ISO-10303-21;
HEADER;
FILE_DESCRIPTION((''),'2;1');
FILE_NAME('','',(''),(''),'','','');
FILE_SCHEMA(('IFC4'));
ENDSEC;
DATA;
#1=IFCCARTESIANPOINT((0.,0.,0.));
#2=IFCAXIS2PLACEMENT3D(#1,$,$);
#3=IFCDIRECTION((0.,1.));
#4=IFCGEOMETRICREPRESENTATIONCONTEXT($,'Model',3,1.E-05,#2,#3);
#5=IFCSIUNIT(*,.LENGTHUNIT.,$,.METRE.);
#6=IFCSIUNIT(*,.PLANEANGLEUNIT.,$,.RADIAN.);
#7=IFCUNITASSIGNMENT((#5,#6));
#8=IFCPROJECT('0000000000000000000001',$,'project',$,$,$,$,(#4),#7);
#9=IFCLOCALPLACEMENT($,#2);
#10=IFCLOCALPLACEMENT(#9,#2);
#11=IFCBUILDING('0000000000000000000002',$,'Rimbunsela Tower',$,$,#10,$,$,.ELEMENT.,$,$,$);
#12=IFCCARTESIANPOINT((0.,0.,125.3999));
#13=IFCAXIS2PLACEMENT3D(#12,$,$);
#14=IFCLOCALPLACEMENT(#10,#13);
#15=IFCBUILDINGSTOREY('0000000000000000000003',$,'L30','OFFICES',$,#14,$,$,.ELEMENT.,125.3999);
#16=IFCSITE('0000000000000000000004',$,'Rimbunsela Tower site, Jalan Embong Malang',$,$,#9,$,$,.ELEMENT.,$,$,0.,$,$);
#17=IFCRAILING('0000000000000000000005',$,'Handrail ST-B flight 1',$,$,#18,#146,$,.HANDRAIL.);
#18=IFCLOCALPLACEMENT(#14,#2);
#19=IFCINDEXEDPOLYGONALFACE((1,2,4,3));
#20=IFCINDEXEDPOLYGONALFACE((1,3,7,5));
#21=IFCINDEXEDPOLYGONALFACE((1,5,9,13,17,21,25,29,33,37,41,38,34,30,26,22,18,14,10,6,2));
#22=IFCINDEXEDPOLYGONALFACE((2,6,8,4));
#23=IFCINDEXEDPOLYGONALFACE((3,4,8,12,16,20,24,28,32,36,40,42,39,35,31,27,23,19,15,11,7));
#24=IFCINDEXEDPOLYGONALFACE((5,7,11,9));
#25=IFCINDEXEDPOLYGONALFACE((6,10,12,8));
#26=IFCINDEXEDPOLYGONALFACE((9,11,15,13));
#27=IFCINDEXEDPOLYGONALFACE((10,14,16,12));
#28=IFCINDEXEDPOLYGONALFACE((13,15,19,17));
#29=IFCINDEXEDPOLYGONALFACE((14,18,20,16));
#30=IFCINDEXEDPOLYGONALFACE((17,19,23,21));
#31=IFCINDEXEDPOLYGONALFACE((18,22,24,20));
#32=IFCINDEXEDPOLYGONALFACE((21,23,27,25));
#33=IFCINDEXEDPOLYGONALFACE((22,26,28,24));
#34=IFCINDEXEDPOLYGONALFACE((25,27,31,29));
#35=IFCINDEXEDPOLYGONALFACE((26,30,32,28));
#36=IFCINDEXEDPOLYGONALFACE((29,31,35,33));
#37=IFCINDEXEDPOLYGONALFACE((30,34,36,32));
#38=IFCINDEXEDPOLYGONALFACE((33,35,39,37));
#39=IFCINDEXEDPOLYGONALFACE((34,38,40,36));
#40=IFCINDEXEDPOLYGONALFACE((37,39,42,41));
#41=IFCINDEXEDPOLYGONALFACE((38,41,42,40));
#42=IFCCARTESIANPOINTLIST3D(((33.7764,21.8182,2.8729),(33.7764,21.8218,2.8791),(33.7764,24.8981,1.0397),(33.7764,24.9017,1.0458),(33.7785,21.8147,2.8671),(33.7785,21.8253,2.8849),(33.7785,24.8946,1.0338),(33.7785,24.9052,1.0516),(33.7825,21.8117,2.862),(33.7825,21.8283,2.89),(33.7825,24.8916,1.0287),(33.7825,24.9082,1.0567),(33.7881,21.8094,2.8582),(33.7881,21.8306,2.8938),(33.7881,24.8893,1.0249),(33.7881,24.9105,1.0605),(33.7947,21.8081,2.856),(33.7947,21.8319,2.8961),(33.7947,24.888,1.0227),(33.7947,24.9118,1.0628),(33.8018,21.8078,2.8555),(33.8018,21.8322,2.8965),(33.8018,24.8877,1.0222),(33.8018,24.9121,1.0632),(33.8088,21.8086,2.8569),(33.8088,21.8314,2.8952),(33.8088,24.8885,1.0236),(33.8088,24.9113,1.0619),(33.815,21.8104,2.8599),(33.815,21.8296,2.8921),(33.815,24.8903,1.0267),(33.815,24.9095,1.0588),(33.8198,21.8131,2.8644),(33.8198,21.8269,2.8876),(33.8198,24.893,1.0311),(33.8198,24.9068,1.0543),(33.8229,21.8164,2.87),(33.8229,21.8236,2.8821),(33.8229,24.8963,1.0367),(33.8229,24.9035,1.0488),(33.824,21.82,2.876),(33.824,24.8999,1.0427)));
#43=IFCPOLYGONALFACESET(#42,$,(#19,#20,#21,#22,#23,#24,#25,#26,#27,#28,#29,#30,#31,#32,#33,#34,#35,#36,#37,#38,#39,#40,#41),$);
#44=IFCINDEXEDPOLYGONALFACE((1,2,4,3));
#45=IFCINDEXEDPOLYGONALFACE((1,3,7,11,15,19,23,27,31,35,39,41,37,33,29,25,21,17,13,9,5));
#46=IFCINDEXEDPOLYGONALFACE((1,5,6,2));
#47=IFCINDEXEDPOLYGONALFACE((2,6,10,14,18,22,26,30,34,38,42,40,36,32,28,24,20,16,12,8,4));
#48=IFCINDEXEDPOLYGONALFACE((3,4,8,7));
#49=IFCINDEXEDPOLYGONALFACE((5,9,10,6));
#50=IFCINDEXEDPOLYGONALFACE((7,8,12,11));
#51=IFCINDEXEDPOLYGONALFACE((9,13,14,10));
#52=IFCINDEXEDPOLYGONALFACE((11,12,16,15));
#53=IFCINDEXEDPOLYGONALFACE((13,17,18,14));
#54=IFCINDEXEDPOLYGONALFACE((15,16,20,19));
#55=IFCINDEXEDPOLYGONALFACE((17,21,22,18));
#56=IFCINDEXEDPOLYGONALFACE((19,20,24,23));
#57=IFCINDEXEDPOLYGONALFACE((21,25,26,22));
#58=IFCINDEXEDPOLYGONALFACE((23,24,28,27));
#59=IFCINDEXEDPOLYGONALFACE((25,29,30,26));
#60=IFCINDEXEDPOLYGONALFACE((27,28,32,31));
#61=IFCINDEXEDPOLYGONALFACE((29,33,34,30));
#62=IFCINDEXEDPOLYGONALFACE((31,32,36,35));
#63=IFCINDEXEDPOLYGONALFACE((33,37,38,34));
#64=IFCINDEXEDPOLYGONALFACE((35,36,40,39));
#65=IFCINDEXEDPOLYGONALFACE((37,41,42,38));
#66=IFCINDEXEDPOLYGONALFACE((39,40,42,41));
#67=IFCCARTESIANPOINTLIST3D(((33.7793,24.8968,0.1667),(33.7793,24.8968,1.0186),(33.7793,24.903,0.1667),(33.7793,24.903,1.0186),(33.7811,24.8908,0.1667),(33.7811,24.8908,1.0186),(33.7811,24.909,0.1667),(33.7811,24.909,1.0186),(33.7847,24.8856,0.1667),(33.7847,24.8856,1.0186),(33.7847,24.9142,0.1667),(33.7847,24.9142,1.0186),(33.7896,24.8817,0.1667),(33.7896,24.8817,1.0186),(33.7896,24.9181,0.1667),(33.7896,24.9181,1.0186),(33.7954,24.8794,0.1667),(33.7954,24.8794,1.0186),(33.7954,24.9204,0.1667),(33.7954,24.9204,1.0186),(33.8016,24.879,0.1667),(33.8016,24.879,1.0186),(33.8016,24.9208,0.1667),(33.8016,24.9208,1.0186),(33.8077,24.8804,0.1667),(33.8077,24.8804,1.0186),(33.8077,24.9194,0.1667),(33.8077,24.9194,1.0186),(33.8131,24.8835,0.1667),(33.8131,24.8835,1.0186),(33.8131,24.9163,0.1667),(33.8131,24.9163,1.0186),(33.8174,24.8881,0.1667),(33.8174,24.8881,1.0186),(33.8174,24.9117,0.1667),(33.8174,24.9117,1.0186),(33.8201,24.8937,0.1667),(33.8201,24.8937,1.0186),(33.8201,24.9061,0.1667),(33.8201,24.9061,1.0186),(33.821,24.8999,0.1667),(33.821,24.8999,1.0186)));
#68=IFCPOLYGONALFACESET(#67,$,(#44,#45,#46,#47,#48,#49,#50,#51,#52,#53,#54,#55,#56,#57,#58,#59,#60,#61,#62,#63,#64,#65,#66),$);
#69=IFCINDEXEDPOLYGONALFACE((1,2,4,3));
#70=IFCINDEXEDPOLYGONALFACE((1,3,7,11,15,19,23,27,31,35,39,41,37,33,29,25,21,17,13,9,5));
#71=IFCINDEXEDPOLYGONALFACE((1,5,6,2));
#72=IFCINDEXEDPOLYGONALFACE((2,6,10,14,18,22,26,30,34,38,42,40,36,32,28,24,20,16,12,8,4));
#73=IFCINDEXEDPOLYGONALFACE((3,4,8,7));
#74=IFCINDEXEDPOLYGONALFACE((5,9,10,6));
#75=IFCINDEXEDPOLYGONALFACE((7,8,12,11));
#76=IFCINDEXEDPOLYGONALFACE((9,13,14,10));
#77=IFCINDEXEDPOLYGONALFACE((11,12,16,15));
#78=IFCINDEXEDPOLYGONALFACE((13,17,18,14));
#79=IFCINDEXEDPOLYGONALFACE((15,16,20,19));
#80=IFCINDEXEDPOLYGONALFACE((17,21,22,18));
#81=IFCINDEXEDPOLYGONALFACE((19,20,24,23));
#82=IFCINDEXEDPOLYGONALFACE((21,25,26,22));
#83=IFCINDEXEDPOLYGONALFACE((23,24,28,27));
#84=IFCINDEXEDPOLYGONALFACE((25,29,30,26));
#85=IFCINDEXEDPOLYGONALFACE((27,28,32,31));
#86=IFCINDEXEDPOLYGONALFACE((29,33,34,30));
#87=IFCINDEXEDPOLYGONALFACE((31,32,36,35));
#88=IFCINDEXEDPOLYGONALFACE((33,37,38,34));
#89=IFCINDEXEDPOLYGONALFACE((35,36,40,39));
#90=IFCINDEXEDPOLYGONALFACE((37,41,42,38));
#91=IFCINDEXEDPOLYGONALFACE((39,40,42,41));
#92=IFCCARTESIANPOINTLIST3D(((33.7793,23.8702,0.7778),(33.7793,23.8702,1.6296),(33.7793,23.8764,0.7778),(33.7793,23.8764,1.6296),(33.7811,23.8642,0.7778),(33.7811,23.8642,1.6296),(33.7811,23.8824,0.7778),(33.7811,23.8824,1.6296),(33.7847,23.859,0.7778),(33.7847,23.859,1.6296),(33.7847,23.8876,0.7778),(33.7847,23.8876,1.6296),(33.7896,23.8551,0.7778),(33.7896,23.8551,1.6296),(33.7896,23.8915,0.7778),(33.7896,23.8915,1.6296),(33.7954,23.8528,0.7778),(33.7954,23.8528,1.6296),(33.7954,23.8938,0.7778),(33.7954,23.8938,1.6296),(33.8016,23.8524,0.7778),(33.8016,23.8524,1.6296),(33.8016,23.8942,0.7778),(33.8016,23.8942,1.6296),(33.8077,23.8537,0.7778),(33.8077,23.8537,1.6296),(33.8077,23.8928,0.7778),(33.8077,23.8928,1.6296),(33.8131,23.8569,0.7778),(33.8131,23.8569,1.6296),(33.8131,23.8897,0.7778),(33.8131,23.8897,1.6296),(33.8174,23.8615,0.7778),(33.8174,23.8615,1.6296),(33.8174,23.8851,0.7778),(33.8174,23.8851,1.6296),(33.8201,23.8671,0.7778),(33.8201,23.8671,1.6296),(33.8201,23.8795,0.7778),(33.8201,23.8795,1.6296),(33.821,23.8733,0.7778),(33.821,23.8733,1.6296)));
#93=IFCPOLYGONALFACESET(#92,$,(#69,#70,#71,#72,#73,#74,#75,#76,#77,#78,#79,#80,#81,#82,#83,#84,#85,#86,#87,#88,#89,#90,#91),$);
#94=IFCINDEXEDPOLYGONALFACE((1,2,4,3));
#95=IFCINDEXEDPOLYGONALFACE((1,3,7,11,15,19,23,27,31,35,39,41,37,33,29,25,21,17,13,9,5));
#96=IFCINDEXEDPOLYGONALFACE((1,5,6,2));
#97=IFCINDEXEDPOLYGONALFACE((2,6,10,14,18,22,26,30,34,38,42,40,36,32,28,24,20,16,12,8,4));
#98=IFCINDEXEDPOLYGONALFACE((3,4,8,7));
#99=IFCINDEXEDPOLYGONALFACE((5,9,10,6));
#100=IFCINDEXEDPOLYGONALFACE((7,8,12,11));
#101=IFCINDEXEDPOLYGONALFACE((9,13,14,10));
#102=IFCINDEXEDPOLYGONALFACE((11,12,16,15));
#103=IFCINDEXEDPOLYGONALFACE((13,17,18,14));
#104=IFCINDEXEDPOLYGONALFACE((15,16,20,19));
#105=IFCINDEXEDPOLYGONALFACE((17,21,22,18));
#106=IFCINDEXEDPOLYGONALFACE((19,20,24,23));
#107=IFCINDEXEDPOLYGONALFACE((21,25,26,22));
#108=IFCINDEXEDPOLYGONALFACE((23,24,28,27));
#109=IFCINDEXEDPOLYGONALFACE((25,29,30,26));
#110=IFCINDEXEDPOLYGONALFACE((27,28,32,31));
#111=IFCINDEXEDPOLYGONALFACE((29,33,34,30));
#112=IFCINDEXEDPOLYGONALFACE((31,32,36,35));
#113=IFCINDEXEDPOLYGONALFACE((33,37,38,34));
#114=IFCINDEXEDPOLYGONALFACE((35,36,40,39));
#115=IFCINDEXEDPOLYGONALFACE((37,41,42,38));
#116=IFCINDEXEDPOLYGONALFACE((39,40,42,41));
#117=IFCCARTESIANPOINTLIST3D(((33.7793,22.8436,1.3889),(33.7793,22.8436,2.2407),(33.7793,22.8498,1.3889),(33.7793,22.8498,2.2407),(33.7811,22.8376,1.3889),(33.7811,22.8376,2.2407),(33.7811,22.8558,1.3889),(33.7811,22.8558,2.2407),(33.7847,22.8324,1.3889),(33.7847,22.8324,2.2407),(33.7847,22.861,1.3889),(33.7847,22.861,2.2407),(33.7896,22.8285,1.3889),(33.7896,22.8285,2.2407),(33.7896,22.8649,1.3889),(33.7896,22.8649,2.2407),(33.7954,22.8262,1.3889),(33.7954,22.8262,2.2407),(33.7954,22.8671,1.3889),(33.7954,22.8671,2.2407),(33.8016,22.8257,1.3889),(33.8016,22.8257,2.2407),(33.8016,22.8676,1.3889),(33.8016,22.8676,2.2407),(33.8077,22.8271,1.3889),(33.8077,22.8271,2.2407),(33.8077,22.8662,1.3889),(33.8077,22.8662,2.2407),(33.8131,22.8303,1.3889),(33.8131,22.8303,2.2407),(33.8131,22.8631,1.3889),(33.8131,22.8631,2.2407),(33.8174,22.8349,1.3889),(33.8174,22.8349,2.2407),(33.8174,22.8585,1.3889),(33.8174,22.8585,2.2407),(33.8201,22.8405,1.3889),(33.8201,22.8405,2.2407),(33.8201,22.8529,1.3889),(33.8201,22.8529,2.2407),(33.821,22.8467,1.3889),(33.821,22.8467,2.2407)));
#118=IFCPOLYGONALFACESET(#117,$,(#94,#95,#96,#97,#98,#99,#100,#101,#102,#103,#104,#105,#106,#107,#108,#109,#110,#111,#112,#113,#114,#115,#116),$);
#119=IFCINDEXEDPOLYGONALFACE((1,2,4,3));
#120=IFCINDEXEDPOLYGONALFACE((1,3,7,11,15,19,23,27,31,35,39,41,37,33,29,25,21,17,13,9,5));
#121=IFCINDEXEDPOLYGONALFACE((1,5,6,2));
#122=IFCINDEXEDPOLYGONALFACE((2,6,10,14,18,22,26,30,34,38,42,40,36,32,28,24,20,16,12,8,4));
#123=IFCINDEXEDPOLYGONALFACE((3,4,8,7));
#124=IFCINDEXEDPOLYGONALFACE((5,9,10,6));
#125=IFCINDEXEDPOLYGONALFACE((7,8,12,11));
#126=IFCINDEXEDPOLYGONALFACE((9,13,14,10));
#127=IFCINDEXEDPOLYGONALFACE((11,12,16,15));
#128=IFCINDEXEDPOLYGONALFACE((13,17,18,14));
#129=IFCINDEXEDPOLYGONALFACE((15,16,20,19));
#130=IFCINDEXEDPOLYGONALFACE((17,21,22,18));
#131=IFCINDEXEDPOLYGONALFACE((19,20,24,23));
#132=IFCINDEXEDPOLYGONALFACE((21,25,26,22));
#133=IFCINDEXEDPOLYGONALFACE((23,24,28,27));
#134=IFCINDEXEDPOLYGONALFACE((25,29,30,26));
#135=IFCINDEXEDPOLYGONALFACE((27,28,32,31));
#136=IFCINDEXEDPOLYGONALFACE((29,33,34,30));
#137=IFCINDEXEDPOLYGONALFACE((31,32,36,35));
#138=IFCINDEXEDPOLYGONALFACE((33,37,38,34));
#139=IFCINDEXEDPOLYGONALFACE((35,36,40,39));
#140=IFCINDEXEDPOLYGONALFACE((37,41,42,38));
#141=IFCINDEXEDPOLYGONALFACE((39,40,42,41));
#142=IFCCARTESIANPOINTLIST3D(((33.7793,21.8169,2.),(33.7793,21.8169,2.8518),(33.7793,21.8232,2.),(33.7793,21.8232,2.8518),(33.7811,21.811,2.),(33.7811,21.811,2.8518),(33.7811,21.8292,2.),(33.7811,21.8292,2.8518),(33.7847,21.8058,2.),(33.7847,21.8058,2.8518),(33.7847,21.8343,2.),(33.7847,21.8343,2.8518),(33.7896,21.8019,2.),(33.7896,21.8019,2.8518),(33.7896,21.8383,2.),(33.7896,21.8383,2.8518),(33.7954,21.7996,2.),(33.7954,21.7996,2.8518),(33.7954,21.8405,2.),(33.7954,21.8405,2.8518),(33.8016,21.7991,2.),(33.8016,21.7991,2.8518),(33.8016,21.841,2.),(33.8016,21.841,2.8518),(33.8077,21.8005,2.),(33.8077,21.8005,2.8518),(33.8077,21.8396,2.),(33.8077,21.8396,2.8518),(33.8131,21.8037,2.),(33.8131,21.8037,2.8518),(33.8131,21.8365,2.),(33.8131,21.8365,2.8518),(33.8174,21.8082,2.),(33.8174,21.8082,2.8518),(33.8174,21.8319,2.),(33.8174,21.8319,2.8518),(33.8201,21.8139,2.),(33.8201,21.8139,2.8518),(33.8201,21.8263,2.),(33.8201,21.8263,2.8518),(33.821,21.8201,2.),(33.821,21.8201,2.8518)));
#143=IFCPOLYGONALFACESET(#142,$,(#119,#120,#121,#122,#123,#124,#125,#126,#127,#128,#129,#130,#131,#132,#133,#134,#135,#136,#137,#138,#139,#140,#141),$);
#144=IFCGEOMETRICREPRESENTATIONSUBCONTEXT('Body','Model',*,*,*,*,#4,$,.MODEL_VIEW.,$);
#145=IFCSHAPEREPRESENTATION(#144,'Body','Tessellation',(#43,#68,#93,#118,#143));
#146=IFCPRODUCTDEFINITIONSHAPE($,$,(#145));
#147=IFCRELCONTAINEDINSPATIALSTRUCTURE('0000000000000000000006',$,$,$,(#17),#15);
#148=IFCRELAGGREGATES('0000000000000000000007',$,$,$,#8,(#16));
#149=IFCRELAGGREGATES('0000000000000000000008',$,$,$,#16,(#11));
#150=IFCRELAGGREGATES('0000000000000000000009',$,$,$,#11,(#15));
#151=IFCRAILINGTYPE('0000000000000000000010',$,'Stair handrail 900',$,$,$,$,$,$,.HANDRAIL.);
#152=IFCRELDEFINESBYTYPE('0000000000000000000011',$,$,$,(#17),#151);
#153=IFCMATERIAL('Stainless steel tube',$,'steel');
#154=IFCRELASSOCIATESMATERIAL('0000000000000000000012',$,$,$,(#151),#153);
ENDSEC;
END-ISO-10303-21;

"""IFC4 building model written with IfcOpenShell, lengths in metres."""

from ifc_helpers import new_model, si_unit, direction, frame, origin, origin_2d, place, context, subcontext, project, spatial, circle, extrude, material, type_object, element, save


model = new_model("IFC4")

# Units and contexts
model_context = context("Model", 3, precision=1e-05, world=origin(), true_north=direction((0.0, 1.0)))
body_context = subcontext(model_context, "Body", "Model", "MODEL_VIEW")
ifc_project = project(units=[si_unit("LENGTHUNIT", "METRE"), si_unit("PLANEANGLEUNIT", "RADIAN")], contexts=[model_context])

# Site, building, storey
site_placement = place(None, origin())
site = spatial("IfcSite", under=ifc_project, at=site_placement, Name="Rimbunsela Tower site, Jalan Embong Malang", CompositionType="ELEMENT", RefElevation=0.0)
building_placement = place(site_placement, origin())
building = spatial("IfcBuilding", under=site, at=building_placement, Name="Rimbunsela Tower", CompositionType="ELEMENT")
storey_placement = place(building_placement, frame((0.0, 0.0, 125.3999)))
storey = spatial("IfcBuildingStorey", under=building, at=storey_placement, Name="L30", Description="OFFICES", CompositionType="ELEMENT", Elevation=125.3999)

# Railing
ifc_material_1 = material(Name="Stainless steel tube", Category="steel")
railing_type = type_object("IfcRailingType", Name="Stair handrail 900", PredefinedType="HANDRAIL", material=ifc_material_1)
railing_1_placement = place(storey_placement, frame((33.8, 24.8999, 0.1667)))
element("IfcRailing", 1, at=railing_1_placement, inside=storey, type_object=railing_type, Name="Handrail ST-B flight 1", PredefinedType="HANDRAIL", context=body_context, shape_type="SweptSolid", body=[
    extrude(circle(Radius=0.0239, at=origin_2d()), frame((0.0, 0.0, 0.876), z_axis=(0.0, -0.859291, 0.511487), x_axis=(1.0, 0.0, 0.0)), (0.0, 0.0, 1.0), 3.5842),
    extrude(circle(Radius=0.021, at=origin_2d()), origin(), (0.0, 0.0, 1.0), 0.8518),
    extrude(circle(Radius=0.021, at=origin_2d()), frame((0.0, -1.0266, 0.6111)), (0.0, 0.0, 1.0), 0.8518),
    extrude(circle(Radius=0.021, at=origin_2d()), frame((0.0, -2.0532, 1.2222)), (0.0, 0.0, 1.0), 0.8518),
    extrude(circle(Radius=0.021, at=origin_2d()), frame((0.0, -3.0798, 1.8333)), (0.0, 0.0, 1.0), 0.8518),
])

save(model, "model.ifc")
